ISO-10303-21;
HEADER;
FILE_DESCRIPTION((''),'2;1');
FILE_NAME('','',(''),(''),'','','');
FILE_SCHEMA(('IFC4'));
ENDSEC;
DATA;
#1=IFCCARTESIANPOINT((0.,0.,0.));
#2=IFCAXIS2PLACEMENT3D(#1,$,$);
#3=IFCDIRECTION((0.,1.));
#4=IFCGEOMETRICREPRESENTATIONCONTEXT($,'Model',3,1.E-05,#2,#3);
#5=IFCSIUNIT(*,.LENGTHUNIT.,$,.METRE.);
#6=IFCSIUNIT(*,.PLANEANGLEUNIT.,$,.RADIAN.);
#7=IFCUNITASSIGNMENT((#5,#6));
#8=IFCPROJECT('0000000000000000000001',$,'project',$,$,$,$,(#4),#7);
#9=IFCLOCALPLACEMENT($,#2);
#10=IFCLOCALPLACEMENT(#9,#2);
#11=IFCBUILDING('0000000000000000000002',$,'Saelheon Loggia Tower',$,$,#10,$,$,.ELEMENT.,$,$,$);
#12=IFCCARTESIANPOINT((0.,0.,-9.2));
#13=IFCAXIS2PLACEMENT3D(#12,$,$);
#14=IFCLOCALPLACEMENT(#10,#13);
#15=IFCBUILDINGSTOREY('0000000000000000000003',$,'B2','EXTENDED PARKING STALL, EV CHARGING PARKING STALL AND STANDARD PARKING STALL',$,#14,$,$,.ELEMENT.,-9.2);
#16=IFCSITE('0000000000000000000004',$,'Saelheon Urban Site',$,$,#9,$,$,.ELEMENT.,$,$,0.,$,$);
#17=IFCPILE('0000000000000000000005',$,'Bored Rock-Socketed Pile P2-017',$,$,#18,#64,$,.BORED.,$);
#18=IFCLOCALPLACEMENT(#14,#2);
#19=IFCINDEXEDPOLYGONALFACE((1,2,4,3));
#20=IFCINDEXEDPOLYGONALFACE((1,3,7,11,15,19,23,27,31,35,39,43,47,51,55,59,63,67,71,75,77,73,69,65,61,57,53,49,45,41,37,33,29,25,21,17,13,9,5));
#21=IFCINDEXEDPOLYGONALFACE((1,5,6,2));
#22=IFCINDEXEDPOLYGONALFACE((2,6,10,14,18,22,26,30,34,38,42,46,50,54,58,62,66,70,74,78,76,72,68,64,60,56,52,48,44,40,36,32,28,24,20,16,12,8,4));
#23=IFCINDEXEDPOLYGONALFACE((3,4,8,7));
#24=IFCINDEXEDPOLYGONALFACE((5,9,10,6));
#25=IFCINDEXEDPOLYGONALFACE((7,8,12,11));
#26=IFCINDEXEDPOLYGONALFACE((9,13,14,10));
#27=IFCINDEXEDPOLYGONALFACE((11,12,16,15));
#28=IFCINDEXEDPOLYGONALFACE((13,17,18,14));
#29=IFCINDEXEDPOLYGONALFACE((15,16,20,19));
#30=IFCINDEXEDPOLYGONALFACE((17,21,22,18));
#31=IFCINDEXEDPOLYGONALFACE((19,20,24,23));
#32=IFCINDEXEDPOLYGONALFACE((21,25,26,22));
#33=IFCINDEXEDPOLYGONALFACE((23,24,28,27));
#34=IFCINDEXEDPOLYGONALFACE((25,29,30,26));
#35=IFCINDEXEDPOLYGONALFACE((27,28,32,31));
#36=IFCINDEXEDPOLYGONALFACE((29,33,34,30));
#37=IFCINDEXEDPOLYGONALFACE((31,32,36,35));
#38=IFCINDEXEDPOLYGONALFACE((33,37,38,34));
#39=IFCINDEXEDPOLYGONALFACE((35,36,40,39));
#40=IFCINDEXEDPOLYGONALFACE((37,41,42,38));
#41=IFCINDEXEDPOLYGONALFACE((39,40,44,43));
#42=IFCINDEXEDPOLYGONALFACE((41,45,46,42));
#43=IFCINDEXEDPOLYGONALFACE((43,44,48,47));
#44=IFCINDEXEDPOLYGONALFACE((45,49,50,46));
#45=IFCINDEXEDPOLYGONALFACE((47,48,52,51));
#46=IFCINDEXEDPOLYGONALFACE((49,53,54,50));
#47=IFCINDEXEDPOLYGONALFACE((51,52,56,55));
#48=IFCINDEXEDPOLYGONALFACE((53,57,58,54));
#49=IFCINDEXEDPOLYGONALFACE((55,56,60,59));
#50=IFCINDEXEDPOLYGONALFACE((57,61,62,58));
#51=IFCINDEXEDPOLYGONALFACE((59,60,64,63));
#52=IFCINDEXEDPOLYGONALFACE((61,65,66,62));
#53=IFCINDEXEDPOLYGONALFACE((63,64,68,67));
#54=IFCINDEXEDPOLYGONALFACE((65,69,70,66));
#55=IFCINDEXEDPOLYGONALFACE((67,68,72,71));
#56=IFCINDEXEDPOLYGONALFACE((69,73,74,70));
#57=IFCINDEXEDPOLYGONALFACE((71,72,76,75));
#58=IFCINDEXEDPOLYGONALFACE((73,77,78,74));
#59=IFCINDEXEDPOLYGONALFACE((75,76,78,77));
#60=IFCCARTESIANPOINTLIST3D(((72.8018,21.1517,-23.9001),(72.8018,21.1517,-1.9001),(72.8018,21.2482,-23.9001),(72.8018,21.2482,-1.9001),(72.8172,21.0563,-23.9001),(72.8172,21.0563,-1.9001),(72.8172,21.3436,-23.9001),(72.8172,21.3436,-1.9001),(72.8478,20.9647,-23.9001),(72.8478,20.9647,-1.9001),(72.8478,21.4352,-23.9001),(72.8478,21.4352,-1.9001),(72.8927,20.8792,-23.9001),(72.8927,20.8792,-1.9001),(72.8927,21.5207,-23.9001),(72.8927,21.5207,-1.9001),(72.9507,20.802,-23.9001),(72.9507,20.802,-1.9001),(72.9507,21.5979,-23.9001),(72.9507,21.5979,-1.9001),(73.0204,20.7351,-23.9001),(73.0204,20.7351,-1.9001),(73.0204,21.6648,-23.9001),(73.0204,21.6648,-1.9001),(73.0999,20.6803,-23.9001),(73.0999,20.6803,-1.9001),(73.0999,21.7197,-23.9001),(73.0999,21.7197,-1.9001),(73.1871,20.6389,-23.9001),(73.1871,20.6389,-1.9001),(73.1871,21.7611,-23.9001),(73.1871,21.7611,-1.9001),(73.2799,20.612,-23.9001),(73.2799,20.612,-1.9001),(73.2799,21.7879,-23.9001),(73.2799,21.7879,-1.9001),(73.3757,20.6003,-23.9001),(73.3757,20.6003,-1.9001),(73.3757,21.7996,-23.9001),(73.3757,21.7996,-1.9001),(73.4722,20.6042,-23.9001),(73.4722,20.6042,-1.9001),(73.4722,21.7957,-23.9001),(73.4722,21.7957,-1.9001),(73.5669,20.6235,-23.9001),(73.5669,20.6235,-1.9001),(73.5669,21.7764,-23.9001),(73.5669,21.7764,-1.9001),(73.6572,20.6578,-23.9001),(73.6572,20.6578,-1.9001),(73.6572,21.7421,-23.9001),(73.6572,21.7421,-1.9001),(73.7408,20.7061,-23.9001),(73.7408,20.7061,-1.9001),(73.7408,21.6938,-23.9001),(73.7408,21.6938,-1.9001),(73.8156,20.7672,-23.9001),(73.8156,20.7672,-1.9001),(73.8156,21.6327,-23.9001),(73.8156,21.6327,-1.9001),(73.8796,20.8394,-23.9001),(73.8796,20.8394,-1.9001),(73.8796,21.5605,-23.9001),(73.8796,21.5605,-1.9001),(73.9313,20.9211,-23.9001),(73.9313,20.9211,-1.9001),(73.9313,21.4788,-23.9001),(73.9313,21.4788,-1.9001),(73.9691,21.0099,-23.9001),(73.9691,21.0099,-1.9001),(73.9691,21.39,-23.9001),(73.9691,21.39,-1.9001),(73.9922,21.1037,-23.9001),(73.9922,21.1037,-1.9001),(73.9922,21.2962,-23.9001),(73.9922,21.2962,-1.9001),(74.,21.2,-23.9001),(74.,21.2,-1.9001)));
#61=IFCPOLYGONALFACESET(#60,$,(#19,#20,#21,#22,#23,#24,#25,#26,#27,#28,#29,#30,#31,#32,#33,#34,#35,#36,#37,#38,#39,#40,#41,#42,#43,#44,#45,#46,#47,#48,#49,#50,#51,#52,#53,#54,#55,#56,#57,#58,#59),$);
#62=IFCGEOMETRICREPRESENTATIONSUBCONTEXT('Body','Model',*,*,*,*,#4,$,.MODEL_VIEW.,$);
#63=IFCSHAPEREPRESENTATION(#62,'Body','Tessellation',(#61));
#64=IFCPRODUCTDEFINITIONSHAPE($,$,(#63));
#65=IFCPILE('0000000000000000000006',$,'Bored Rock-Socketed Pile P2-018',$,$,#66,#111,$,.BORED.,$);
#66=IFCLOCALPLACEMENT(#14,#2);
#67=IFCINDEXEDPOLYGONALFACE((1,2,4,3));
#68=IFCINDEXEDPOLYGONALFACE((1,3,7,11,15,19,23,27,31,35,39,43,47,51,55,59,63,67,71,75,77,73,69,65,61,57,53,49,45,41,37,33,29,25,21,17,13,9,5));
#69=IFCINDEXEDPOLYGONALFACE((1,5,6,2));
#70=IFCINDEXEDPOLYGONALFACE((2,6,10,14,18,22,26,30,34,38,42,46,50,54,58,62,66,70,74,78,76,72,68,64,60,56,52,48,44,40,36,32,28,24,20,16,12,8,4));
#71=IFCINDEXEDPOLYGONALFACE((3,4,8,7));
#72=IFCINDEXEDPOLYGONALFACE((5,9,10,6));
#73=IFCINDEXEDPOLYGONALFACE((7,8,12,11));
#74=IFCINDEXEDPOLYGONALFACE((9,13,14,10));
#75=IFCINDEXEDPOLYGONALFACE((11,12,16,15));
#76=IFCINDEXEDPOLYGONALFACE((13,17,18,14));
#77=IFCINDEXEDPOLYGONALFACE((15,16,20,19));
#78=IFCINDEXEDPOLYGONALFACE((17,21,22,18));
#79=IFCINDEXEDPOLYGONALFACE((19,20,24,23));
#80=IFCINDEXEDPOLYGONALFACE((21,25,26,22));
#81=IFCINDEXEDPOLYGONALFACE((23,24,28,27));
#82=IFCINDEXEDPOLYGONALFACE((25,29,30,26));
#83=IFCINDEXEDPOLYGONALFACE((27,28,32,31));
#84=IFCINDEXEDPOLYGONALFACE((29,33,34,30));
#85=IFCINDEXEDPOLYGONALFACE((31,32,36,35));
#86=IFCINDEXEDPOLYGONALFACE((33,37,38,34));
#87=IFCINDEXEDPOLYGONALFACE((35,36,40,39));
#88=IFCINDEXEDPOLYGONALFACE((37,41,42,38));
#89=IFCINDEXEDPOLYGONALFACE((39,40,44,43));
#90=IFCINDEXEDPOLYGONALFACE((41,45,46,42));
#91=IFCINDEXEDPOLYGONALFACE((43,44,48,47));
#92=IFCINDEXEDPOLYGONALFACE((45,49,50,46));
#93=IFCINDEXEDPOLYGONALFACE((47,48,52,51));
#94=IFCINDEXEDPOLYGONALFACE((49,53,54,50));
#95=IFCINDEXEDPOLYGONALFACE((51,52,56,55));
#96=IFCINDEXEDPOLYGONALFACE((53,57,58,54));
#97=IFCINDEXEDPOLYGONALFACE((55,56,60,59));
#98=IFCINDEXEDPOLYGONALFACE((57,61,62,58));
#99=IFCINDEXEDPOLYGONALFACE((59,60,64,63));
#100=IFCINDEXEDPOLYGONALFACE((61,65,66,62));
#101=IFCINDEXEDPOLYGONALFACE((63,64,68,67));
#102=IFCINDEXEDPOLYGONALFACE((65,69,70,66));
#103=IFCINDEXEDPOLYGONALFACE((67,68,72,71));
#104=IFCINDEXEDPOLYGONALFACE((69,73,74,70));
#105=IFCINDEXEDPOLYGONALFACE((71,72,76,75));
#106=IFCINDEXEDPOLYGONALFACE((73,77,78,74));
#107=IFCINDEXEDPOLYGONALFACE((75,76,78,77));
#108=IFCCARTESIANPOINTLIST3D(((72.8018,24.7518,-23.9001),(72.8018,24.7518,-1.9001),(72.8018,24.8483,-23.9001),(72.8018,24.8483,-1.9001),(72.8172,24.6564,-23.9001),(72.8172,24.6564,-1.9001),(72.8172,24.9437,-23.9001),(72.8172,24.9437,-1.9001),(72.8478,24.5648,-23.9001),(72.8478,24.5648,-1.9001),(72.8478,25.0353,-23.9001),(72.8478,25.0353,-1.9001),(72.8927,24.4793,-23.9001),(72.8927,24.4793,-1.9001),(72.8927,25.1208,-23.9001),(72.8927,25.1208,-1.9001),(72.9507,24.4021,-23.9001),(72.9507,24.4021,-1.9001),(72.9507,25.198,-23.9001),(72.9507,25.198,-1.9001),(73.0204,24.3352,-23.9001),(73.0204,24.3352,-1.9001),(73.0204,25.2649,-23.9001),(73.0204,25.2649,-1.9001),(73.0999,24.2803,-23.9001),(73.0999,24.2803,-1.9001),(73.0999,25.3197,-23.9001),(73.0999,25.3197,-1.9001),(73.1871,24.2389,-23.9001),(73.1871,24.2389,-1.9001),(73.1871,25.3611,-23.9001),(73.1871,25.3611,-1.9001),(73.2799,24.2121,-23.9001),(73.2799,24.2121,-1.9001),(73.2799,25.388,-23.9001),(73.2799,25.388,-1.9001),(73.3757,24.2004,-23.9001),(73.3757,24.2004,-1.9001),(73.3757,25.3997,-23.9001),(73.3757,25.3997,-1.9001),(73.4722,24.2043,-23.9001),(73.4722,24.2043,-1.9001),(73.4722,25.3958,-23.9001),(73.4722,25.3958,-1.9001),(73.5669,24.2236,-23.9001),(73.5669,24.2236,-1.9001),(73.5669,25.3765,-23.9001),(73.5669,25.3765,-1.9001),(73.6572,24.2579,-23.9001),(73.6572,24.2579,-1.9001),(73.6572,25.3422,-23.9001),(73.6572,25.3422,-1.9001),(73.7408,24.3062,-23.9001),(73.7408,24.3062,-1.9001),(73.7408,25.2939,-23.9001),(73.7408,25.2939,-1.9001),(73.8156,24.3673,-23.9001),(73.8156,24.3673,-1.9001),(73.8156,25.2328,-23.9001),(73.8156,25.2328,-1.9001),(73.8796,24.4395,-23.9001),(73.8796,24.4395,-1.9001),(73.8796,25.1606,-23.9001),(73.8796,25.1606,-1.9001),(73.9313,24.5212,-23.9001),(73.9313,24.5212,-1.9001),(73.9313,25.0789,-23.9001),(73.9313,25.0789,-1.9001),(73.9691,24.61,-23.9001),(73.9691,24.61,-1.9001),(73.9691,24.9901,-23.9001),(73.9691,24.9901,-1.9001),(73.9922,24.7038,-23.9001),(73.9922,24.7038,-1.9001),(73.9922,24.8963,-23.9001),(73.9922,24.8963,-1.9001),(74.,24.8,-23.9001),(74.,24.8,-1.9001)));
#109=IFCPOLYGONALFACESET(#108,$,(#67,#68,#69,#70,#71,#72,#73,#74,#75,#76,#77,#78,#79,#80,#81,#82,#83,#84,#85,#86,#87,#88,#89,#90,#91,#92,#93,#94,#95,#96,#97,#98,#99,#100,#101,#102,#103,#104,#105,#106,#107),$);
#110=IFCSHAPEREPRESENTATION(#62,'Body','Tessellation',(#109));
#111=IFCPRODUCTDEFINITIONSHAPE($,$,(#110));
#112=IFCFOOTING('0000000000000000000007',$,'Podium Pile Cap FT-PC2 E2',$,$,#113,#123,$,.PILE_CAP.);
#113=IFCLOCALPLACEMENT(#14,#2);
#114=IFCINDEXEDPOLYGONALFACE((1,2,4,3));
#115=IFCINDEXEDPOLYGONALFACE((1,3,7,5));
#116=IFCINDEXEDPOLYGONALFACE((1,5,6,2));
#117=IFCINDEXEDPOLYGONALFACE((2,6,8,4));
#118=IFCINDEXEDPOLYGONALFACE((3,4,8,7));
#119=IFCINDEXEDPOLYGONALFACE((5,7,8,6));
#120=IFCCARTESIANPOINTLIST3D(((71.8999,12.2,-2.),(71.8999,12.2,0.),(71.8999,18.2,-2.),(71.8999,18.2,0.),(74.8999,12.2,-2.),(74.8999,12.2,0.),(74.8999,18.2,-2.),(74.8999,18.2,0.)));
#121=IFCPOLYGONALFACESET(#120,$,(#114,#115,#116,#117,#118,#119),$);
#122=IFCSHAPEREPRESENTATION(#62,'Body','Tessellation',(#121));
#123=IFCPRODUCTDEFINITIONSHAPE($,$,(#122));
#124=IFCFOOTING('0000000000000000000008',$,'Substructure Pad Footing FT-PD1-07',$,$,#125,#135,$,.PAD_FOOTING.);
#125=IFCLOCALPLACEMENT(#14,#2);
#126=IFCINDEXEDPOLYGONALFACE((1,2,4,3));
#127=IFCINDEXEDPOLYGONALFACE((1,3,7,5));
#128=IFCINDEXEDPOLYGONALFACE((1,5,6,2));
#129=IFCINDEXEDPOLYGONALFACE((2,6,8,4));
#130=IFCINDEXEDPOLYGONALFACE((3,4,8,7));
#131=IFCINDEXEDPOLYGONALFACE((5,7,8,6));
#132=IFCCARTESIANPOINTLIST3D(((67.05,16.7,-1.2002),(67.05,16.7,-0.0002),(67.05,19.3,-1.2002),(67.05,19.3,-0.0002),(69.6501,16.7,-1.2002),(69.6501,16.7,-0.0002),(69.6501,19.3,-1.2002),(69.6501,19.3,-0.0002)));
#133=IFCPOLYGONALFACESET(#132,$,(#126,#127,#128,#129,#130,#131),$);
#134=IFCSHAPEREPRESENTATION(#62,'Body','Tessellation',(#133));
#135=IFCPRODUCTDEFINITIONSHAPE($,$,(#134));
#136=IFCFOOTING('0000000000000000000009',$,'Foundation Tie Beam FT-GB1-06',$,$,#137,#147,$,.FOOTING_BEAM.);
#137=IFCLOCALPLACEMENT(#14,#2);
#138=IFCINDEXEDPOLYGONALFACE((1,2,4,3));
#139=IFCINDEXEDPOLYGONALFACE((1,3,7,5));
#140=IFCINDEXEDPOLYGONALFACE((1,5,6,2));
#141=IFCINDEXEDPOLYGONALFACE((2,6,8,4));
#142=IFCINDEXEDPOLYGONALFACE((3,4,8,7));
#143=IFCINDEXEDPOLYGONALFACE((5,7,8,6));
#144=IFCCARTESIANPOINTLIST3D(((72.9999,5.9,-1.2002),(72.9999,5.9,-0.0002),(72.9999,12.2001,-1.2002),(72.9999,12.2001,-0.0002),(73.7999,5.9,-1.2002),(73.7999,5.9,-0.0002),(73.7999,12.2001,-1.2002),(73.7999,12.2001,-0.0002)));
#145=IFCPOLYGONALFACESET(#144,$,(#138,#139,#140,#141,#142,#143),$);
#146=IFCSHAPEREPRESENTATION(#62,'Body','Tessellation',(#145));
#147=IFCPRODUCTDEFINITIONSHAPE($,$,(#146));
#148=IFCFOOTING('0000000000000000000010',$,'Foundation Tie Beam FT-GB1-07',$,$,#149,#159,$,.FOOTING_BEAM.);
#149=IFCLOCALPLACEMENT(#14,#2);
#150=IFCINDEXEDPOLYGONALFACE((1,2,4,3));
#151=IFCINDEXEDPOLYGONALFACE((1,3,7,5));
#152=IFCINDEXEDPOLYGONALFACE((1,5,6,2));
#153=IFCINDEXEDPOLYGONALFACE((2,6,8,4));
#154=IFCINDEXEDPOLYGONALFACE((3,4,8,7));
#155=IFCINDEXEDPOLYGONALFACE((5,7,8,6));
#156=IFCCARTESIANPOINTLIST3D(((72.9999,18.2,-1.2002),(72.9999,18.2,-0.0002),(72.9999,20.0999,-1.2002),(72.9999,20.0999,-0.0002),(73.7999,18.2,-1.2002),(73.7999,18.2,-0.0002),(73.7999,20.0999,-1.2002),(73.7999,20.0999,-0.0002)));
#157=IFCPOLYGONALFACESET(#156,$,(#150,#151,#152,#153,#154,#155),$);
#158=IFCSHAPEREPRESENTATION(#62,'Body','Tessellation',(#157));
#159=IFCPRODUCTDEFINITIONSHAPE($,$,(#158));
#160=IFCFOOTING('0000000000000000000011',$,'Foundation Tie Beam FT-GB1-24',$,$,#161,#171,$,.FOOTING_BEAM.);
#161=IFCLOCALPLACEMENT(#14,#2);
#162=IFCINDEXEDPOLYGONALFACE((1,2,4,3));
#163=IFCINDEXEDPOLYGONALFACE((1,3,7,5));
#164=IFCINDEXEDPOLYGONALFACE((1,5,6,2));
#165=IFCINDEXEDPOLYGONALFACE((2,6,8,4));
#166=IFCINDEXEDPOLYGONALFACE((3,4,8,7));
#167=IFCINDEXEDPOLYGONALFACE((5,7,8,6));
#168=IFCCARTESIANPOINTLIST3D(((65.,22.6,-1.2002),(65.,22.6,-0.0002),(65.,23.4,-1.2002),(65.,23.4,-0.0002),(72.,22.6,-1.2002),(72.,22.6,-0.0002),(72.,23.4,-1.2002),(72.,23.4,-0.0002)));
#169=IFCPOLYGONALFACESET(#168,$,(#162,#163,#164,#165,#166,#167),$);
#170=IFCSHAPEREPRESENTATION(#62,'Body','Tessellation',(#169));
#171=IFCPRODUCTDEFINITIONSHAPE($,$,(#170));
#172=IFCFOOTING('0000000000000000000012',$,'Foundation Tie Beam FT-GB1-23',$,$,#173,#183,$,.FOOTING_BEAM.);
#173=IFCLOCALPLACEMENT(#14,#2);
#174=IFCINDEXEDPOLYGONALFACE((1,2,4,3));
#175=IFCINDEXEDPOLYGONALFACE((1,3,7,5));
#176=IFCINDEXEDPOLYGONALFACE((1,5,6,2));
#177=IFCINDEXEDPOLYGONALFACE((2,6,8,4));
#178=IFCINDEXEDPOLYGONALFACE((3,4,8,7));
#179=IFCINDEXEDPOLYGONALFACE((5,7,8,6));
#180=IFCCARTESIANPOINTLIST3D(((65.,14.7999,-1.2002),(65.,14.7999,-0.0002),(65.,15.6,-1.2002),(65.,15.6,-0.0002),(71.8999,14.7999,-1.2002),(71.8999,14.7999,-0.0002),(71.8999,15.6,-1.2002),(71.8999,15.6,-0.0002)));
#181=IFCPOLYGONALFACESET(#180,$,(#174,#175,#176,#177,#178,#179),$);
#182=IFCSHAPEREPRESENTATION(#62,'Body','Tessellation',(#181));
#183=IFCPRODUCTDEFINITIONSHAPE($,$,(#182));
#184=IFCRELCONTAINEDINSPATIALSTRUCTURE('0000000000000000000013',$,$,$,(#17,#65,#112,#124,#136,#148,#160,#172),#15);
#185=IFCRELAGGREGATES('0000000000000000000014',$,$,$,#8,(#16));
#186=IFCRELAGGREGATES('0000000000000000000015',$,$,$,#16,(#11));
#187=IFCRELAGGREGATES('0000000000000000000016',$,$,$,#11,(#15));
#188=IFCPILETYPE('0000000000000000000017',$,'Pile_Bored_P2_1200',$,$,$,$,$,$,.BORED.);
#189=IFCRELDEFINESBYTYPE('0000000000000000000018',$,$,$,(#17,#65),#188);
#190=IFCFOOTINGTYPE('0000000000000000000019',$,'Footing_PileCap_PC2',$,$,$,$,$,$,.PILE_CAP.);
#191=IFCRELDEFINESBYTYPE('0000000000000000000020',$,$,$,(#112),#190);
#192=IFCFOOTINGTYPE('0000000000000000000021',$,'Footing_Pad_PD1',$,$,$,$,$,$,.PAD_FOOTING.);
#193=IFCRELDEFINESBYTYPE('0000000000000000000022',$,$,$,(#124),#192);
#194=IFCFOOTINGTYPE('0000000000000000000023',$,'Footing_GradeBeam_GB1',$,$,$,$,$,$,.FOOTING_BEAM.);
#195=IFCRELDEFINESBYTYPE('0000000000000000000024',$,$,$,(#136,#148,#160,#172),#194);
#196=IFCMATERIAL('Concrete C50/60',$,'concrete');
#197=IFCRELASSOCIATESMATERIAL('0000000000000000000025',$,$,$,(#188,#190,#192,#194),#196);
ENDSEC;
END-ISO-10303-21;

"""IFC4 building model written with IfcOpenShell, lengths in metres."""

from ifc_helpers import new_model, si_unit, direction, frame, origin, origin_2d, place, context, subcontext, project, spatial, rectangle, circle, extrude, source, transform, mapped, material, material_profile, profile_set, type_object, element, save


model = new_model("IFC4")

# Units and contexts
model_context = context("Model", 3, precision=1e-05, world=origin(), true_north=direction((0.0, 1.0)))
body_context = subcontext(model_context, "Body", "Model", "MODEL_VIEW")
ifc_project = project(units=[si_unit("LENGTHUNIT", "METRE"), si_unit("PLANEANGLEUNIT", "RADIAN")], contexts=[model_context])

# Site, building, storey
site_placement = place(None, origin())
site = spatial("IfcSite", under=ifc_project, at=site_placement, Name="Saelheon Urban Site", CompositionType="ELEMENT", RefElevation=0.0)
building_placement = place(site_placement, origin())
building = spatial("IfcBuilding", under=site, at=building_placement, Name="Saelheon Loggia Tower", CompositionType="ELEMENT")
storey_placement = place(building_placement, frame((0.0, 0.0, -9.2)))
storey = spatial("IfcBuildingStorey", under=building, at=storey_placement, Name="B2", Description="EXTENDED PARKING STALL, EV CHARGING PARKING STALL AND STANDARD PARKING STALL", CompositionType="ELEMENT", Elevation=-9.2)

# Shared definitions
ifc_material_1 = material(Name="Concrete C50/60", Category="concrete")

# Piles
ifc_material_profile_1 = material_profile(ifc_material_1, circle(Radius=0.6001, at=origin_2d()), Name="CIRC-1200")
ifc_profile_set_1 = profile_set([ifc_material_profile_1], Name="Concrete C50/60")
pile_type_1 = type_object("IfcPileType", Name="Pile_Bored_P2_1200", PredefinedType="BORED", material=ifc_profile_set_1)
shared_shape_1 = source(origin(), body_context, "Body", "SweptSolid", [
    extrude(circle(Radius=0.6001, at=origin_2d()), origin(), (0.0, 0.0, 1.0), 22.0),
])
for number, where, z_axis, x_axis, name in (
    (1, (73.3999, 21.2, -1.9001), (0.0, 0.0, -1.0), (1.0, 0.0, 0.0), "Bored Rock-Socketed Pile P2-017"),
    (2, (73.3999, 24.8, -1.9001), (0.0, 0.0, -1.0), (1.0, 0.0, 0.0), "Bored Rock-Socketed Pile P2-018"),
):
    element("IfcPile", number, at=place(storey_placement, frame(where, z_axis=z_axis, x_axis=x_axis)), inside=storey, type_object=pile_type_1, Name=name, PredefinedType="BORED", context=body_context, shape_type="MappedRepresentation", body=[
        mapped(shared_shape_1, transform((0.0, 0.0, 0.0), scale=1.0)),
    ])

# Footings
footing_type_1 = type_object("IfcFootingType", Name="Footing_PileCap_PC2", PredefinedType="PILE_CAP", material=ifc_material_1)
shared_shape_2 = source(origin(), body_context, "Body", "SweptSolid", [
    extrude(rectangle(XDim=3.0, YDim=6.0, at=origin_2d()), origin(), (0.0, 0.0, 1.0), 2.0),
])
footing_1_placement = place(storey_placement, frame((73.3999, 15.2, -2.0), z_axis=(0.0, 0.0, 1.0), x_axis=(1.0, 0.0, 0.0)))
element("IfcFooting", 3, at=footing_1_placement, inside=storey, type_object=footing_type_1, Name="Podium Pile Cap FT-PC2 E2", PredefinedType="PILE_CAP", context=body_context, shape_type="MappedRepresentation", body=[
    mapped(shared_shape_2, transform((0.0, 0.0, 0.0), scale=1.0)),
])
footing_type_2 = type_object("IfcFootingType", Name="Footing_Pad_PD1", PredefinedType="PAD_FOOTING", material=ifc_material_1)
shared_shape_3 = source(origin(), body_context, "Body", "SweptSolid", [
    extrude(rectangle(XDim=2.6001, YDim=2.6001, at=origin_2d()), origin(), (0.0, 0.0, 1.0), 1.2),
])
footing_2_placement = place(storey_placement, frame((68.3501, 18.0, -1.2002), z_axis=(0.0, 0.0, 1.0), x_axis=(1.0, 0.0, 0.0)))
element("IfcFooting", 4, at=footing_2_placement, inside=storey, type_object=footing_type_2, Name="Substructure Pad Footing FT-PD1-07", PredefinedType="PAD_FOOTING", context=body_context, shape_type="MappedRepresentation", body=[
    mapped(shared_shape_3, transform((0.0, 0.0, 0.0), scale=1.0)),
])
footing_type_3 = type_object("IfcFootingType", Name="Footing_GradeBeam_GB1", PredefinedType="FOOTING_BEAM", material=ifc_material_1)
shared_shape_4 = source(origin(), body_context, "Body", "SweptSolid", [
    extrude(rectangle(XDim=0.8, YDim=6.3, at=origin_2d()), origin(), (0.0, 0.0, 1.0), 1.2),
])
footing_3_placement = place(storey_placement, frame((73.3999, 9.05, -1.2002), z_axis=(0.0, 0.0, 1.0), x_axis=(1.0, 0.0, 0.0)))
element("IfcFooting", 5, at=footing_3_placement, inside=storey, type_object=footing_type_3, Name="Foundation Tie Beam FT-GB1-06", PredefinedType="FOOTING_BEAM", context=body_context, shape_type="MappedRepresentation", body=[
    mapped(shared_shape_4, transform((0.0, 0.0, 0.0), scale=1.0)),
])
shared_shape_5 = source(origin(), body_context, "Body", "SweptSolid", [
    extrude(rectangle(XDim=0.8, YDim=1.8999, at=origin_2d()), origin(), (0.0, 0.0, 1.0), 1.2),
])
footing_4_placement = place(storey_placement, frame((73.3999, 19.1499, -1.2002), z_axis=(0.0, 0.0, 1.0), x_axis=(1.0, 0.0, 0.0)))
element("IfcFooting", 6, at=footing_4_placement, inside=storey, type_object=footing_type_3, Name="Foundation Tie Beam FT-GB1-07", PredefinedType="FOOTING_BEAM", context=body_context, shape_type="MappedRepresentation", body=[
    mapped(shared_shape_5, transform((0.0, 0.0, 0.0), scale=1.0)),
])
shared_shape_6 = source(origin(), body_context, "Body", "SweptSolid", [
    extrude(rectangle(XDim=7.0, YDim=0.8, at=origin_2d()), origin(), (0.0, 0.0, 1.0), 1.2),
])
footing_5_placement = place(storey_placement, frame((68.5, 23.0, -1.2002), z_axis=(0.0, 0.0, 1.0), x_axis=(1.0, 0.0, 0.0)))
element("IfcFooting", 7, at=footing_5_placement, inside=storey, type_object=footing_type_3, Name="Foundation Tie Beam FT-GB1-24", PredefinedType="FOOTING_BEAM", context=body_context, shape_type="MappedRepresentation", body=[
    mapped(shared_shape_6, transform((0.0, 0.0, 0.0), scale=1.0)),
])
shared_shape_7 = source(origin(), body_context, "Body", "SweptSolid", [
    extrude(rectangle(XDim=6.8999, YDim=0.8, at=origin_2d()), origin(), (0.0, 0.0, 1.0), 1.2),
])
footing_6_placement = place(storey_placement, frame((68.45, 15.2, -1.2002), z_axis=(0.0, 0.0, 1.0), x_axis=(1.0, 0.0, 0.0)))
element("IfcFooting", 8, at=footing_6_placement, inside=storey, type_object=footing_type_3, Name="Foundation Tie Beam FT-GB1-23", PredefinedType="FOOTING_BEAM", context=body_context, shape_type="MappedRepresentation", body=[
    mapped(shared_shape_7, transform((0.0, 0.0, 0.0), scale=1.0)),
])

save(model, "model.ifc")
